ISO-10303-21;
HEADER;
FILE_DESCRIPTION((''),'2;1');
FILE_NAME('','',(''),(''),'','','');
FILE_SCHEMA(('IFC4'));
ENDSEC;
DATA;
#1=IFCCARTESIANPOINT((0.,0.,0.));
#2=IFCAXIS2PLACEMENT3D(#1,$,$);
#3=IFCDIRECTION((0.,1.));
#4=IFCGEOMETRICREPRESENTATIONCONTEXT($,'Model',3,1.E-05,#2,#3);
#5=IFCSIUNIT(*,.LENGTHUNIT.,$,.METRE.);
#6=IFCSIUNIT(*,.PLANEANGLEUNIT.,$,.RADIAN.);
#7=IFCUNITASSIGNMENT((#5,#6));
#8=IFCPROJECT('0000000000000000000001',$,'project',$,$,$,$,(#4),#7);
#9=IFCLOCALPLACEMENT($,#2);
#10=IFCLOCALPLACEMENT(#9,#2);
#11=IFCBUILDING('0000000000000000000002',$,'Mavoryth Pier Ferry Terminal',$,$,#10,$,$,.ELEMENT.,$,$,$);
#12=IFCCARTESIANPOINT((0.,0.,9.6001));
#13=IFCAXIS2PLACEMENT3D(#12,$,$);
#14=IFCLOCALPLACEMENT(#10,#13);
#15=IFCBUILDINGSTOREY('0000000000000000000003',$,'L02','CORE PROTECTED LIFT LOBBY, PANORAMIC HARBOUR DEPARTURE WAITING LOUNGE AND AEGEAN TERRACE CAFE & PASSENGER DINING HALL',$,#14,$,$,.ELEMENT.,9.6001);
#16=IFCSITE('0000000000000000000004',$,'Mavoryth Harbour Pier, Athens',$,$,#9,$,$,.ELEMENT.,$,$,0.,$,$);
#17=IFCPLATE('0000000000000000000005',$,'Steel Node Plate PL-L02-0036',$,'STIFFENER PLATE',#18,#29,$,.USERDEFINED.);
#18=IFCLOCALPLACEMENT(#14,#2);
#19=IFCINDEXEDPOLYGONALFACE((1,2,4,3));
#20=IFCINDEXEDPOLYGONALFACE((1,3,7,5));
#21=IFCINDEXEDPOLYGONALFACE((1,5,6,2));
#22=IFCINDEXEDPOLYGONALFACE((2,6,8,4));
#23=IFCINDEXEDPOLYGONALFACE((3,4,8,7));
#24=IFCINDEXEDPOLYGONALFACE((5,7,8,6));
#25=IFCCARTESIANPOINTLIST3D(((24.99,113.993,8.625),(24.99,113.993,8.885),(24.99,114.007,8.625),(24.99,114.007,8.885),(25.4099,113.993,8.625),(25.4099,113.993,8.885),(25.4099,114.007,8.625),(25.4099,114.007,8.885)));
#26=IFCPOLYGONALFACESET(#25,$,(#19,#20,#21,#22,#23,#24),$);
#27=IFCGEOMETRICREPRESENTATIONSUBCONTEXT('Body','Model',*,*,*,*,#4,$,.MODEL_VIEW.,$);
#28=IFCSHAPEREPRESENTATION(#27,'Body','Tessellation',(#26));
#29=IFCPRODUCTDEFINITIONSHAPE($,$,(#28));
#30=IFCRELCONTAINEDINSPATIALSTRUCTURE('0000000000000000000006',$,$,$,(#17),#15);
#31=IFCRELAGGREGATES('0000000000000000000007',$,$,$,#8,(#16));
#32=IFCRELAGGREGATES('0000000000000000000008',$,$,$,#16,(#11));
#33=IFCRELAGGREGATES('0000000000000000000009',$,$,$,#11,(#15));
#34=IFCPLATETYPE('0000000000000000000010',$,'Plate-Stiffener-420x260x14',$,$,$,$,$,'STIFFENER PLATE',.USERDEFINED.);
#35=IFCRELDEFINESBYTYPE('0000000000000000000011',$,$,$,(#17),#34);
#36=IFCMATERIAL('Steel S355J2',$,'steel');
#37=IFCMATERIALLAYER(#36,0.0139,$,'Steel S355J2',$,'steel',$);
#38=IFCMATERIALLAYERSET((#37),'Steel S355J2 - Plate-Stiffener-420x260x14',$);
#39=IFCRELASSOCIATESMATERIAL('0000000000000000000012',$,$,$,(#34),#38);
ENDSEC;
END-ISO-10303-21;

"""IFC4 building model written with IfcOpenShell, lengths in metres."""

from ifc_helpers import new_model, si_unit, direction, frame, origin, origin_2d, place, context, subcontext, project, spatial, rectangle, extrude, material, layer, layer_set, type_object, element, save


model = new_model("IFC4")

# Units and contexts
model_context = context("Model", 3, precision=1e-05, world=origin(), true_north=direction((0.0, 1.0)))
body_context = subcontext(model_context, "Body", "Model", "MODEL_VIEW")
ifc_project = project(units=[si_unit("LENGTHUNIT", "METRE"), si_unit("PLANEANGLEUNIT", "RADIAN")], contexts=[model_context])

# Site, building, storey
site_placement = place(None, origin())
site = spatial("IfcSite", under=ifc_project, at=site_placement, Name="Mavoryth Harbour Pier, Athens", CompositionType="ELEMENT", RefElevation=0.0)
building_placement = place(site_placement, origin())
building = spatial("IfcBuilding", under=site, at=building_placement, Name="Mavoryth Pier Ferry Terminal", CompositionType="ELEMENT")
storey_placement = place(building_placement, frame((0.0, 0.0, 9.6001)))
storey = spatial("IfcBuildingStorey", under=building, at=storey_placement, Name="L02", Description="CORE PROTECTED LIFT LOBBY, PANORAMIC HARBOUR DEPARTURE WAITING LOUNGE AND AEGEAN TERRACE CAFE & PASSENGER DINING HALL", CompositionType="ELEMENT", Elevation=9.6001)

# Shared definitions
ifc_material_1 = material(Name="Steel S355J2", Category="steel")

# Plate
ifc_layer_1 = layer(ifc_material_1, 0.0139, Name="Steel S355J2", Category="steel")
ifc_layer_set_1 = layer_set([ifc_layer_1], Name="Steel S355J2 - Plate-Stiffener-420x260x14")
plate_type_1 = type_object("IfcPlateType", Name="Plate-Stiffener-420x260x14", ElementType="STIFFENER PLATE", PredefinedType="USERDEFINED", material=ifc_layer_set_1)
plate_1_placement = place(storey_placement, frame((25.2, 114.0, 8.625), z_axis=(0.0, 0.0, 1.0), x_axis=(1.0, 0.0, 0.0)))
element("IfcPlate", 1, at=plate_1_placement, inside=storey, type_object=plate_type_1, Name="Steel Node Plate PL-L02-0036", ObjectType="STIFFENER PLATE", PredefinedType="USERDEFINED", context=body_context, shape_type="SweptSolid", body=[
    extrude(rectangle(XDim=0.4199, YDim=0.0139, at=origin_2d()), origin(), (0.0, 0.0, 1.0), 0.26),
])

save(model, "model.ifc")
